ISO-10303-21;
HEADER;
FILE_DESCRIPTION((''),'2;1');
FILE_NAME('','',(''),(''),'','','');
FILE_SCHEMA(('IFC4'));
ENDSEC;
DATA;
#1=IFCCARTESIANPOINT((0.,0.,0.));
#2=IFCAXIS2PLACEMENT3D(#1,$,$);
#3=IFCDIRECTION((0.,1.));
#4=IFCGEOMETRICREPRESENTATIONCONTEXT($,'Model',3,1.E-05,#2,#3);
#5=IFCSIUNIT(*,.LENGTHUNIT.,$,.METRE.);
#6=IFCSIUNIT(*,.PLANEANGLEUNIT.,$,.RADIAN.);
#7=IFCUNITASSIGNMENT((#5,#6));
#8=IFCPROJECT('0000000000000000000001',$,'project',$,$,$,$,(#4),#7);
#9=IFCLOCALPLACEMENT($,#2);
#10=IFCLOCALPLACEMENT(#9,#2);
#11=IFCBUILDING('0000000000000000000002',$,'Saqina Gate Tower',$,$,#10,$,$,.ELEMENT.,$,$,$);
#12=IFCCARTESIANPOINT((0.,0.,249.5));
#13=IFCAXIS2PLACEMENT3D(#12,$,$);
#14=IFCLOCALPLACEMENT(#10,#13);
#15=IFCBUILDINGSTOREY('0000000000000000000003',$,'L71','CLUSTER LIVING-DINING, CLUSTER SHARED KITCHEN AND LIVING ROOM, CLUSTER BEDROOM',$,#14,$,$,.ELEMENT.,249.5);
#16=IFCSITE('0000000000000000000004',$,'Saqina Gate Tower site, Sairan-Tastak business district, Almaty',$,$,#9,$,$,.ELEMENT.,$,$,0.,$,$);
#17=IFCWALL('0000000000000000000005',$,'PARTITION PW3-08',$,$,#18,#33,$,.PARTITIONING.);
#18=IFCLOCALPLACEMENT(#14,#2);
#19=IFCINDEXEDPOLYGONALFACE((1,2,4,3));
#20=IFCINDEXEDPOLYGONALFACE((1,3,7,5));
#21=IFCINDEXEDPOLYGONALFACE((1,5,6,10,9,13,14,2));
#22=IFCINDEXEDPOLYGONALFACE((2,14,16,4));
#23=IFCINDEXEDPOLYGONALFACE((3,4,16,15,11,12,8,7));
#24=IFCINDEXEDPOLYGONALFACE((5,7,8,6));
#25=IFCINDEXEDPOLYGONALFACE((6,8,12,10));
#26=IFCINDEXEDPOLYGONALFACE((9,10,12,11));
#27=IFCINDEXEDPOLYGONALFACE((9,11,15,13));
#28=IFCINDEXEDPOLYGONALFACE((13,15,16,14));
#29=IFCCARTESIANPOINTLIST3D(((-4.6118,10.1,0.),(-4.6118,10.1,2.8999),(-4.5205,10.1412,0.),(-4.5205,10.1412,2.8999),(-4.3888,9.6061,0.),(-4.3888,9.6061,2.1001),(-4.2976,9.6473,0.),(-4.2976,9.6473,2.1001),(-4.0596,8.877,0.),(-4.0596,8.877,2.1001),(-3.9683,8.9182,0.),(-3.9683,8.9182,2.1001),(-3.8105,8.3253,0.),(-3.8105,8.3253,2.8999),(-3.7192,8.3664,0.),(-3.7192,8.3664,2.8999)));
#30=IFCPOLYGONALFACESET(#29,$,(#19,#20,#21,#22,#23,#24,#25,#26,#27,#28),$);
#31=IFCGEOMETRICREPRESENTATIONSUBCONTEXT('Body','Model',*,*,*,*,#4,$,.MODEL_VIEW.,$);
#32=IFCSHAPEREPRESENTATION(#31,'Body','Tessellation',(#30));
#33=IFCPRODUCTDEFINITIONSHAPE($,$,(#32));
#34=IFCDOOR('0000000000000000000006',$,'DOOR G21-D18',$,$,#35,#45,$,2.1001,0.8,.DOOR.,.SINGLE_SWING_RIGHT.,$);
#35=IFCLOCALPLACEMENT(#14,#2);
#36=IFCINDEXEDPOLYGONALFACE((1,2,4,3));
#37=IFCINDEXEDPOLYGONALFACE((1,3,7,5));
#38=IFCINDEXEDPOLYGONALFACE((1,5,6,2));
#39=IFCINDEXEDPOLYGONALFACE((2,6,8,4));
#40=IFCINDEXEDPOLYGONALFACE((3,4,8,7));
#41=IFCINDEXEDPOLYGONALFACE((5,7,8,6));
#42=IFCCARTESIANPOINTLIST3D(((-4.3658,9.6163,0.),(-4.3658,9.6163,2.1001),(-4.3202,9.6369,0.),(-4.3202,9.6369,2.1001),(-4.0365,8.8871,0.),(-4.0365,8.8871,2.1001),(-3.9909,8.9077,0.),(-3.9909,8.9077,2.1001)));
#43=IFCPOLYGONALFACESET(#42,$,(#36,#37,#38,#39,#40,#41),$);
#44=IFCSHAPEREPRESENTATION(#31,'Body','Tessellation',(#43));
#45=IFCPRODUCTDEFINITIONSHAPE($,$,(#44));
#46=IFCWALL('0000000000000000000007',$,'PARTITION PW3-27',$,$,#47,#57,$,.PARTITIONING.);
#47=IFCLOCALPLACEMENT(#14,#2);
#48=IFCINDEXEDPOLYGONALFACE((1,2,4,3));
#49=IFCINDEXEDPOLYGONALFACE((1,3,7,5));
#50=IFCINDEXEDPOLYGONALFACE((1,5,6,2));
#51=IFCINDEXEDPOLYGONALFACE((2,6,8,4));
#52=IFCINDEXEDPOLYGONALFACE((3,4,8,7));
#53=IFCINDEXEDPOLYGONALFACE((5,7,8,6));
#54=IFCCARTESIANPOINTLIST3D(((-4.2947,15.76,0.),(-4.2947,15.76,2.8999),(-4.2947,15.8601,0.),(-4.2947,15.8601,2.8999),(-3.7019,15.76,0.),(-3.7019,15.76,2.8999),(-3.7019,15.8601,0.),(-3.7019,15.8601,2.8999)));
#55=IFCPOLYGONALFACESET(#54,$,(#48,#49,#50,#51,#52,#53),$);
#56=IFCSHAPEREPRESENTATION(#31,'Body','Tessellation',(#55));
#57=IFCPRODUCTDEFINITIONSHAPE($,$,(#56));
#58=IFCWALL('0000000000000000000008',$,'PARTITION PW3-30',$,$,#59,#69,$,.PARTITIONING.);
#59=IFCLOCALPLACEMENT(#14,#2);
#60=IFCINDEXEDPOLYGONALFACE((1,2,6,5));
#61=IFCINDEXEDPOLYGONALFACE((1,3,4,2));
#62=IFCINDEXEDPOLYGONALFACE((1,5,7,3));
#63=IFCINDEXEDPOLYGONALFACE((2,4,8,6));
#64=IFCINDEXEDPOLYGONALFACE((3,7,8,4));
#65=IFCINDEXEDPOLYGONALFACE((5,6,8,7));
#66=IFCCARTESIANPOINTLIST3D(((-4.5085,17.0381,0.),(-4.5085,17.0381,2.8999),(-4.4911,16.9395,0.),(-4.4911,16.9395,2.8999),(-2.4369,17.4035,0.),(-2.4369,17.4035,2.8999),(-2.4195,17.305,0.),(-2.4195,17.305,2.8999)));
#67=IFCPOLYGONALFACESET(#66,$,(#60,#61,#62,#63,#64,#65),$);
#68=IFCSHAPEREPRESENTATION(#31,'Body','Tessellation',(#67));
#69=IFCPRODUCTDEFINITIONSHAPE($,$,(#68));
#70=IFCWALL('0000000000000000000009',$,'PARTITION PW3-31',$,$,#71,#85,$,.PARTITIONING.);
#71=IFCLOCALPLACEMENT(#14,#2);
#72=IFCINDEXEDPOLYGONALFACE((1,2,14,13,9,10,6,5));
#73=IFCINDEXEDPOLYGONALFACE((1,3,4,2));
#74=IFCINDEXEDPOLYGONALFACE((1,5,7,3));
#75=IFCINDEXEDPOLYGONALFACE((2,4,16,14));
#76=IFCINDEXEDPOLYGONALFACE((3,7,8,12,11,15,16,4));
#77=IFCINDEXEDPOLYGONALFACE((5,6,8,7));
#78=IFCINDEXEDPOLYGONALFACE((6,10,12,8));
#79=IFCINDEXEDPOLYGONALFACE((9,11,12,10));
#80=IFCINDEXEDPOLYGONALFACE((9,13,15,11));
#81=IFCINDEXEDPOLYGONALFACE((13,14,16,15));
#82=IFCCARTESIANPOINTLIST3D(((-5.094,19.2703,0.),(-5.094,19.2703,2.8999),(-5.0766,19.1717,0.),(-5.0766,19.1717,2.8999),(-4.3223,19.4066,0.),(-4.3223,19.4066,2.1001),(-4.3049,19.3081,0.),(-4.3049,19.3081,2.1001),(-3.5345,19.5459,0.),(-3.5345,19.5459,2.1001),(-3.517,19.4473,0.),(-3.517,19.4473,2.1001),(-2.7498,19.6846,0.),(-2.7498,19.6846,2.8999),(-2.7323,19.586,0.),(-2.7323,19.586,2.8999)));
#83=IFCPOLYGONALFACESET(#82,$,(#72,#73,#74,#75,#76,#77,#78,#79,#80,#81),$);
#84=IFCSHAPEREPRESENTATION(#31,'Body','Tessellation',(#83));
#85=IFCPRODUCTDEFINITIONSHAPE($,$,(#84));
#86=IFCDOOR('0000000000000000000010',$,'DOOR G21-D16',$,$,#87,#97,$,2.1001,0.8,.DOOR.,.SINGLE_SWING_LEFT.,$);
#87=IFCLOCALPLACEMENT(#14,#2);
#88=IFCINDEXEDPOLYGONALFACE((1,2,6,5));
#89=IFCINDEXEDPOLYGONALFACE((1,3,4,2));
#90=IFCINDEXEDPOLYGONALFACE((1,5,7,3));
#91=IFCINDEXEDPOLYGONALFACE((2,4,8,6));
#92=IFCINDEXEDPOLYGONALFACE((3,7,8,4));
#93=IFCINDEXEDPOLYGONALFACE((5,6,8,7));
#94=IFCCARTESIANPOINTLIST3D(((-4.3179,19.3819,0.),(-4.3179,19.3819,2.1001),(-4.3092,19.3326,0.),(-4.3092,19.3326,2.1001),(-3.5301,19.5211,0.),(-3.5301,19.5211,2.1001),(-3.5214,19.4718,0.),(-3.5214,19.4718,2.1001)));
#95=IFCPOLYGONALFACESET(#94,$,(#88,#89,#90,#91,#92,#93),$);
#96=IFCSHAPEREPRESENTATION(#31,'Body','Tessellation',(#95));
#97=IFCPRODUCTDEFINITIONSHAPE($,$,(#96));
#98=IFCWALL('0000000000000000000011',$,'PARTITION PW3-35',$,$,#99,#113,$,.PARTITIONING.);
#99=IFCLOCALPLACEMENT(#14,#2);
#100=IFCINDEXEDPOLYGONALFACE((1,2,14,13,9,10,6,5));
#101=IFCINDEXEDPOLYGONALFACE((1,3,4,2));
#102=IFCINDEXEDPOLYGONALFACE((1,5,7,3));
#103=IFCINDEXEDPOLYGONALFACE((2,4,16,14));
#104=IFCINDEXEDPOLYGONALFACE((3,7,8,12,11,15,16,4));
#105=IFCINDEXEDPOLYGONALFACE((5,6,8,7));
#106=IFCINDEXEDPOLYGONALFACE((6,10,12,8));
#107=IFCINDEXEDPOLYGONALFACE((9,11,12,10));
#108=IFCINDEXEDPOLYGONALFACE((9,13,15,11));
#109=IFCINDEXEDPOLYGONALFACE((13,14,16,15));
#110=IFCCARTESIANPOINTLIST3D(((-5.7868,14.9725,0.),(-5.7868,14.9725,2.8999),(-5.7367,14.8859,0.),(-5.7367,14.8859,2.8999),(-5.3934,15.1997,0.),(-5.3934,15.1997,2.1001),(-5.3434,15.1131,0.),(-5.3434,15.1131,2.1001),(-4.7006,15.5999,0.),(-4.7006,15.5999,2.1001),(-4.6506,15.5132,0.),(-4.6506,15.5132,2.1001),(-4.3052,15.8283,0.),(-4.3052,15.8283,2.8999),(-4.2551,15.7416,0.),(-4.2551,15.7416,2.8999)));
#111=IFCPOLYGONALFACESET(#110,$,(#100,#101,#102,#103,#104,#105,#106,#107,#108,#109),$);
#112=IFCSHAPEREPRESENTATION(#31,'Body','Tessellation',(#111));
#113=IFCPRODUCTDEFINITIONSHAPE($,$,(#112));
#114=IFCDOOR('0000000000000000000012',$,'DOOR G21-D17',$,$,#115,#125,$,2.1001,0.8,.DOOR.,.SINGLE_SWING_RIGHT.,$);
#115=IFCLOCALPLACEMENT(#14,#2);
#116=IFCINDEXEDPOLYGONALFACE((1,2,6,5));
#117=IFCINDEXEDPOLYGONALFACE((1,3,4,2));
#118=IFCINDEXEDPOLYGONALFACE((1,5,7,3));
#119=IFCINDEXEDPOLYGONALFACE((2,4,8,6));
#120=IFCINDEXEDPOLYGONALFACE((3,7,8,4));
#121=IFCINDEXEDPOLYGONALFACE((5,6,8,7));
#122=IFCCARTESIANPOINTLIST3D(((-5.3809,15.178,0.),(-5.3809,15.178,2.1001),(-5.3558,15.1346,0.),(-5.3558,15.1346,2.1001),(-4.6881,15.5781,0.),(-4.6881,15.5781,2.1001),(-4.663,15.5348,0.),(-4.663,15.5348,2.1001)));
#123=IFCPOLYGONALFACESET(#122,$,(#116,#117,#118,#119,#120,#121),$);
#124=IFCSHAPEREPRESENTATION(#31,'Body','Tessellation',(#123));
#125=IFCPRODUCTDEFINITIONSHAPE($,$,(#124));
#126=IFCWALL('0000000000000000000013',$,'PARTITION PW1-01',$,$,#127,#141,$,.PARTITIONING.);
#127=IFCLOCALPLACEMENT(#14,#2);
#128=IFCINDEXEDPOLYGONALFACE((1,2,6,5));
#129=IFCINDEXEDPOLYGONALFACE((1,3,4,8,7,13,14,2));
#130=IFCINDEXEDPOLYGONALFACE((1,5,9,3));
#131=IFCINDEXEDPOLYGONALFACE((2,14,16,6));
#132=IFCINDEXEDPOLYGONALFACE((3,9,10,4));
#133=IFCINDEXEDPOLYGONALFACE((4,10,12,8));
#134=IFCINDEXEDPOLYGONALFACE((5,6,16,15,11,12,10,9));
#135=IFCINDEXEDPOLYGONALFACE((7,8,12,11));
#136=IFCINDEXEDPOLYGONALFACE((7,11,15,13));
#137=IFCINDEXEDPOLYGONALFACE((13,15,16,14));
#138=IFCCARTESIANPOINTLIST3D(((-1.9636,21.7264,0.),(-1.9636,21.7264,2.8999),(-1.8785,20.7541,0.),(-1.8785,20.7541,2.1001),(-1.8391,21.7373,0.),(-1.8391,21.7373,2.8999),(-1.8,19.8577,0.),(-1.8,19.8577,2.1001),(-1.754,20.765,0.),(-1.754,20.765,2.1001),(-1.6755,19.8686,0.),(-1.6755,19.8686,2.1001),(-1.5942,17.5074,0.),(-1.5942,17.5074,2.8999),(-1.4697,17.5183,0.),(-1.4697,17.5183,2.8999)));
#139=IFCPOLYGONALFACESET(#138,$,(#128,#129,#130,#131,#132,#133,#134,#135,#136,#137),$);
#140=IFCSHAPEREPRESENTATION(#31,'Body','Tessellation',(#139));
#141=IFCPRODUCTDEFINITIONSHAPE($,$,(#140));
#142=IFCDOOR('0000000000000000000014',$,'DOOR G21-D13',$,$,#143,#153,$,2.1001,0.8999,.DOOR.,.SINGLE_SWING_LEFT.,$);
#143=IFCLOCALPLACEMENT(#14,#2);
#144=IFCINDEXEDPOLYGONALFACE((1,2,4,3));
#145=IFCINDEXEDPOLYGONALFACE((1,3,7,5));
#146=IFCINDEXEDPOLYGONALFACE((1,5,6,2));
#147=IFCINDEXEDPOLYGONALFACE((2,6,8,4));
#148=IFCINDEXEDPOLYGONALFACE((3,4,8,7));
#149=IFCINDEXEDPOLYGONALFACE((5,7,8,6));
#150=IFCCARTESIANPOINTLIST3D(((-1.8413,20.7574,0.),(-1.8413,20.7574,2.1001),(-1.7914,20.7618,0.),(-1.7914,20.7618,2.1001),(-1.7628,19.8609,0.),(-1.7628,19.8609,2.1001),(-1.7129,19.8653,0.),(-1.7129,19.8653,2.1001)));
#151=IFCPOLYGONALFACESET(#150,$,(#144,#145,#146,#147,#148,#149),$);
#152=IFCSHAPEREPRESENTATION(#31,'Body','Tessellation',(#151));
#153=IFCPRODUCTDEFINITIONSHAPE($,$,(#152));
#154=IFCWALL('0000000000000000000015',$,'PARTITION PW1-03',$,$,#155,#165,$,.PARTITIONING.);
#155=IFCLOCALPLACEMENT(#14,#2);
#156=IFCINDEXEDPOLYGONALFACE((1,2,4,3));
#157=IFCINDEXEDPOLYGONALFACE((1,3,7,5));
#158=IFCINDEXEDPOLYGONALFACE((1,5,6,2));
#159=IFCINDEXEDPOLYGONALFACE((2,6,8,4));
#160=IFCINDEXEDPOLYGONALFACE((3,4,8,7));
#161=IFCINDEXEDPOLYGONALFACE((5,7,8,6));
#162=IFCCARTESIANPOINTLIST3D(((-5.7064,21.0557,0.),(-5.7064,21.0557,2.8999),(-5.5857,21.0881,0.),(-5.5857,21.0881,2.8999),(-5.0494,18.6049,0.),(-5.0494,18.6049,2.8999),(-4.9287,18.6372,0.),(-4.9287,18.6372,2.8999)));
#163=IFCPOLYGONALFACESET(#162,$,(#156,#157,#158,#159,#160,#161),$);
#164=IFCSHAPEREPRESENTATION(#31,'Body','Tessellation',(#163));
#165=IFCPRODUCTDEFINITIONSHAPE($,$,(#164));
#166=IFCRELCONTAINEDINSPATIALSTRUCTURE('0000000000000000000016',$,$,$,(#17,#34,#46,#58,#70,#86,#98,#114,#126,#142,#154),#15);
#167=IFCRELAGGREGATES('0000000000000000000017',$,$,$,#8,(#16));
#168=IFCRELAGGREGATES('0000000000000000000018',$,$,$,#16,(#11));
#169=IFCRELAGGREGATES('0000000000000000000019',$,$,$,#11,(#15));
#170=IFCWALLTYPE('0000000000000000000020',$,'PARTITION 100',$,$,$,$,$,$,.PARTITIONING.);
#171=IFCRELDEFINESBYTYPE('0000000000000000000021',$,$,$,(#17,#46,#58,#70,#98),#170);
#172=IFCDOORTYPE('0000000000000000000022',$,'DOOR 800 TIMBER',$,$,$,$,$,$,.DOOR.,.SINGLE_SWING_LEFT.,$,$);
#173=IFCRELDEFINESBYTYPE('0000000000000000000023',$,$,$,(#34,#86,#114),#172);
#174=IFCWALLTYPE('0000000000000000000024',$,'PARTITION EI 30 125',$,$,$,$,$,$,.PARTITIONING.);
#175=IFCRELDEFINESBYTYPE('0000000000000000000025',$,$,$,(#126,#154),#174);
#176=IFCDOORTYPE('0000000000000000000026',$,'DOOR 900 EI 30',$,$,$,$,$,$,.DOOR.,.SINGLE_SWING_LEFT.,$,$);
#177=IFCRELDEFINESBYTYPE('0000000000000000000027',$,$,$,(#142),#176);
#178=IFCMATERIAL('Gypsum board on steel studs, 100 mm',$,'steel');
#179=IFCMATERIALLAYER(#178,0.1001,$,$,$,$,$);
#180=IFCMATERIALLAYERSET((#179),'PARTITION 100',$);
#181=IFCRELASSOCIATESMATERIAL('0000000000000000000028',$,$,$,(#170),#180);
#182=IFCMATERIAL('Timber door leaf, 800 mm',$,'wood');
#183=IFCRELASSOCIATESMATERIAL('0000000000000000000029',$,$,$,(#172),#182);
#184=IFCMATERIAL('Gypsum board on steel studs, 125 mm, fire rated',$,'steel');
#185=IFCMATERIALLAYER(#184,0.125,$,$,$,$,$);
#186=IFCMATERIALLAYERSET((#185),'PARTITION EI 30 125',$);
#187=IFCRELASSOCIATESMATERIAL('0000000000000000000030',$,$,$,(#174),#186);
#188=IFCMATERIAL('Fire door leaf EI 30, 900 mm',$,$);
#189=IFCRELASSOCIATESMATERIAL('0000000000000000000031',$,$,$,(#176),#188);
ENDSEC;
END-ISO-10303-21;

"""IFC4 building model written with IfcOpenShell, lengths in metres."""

from ifc_helpers import new_model, si_unit, direction, frame, frame_2d, origin, place, context, subcontext, project, spatial, rectangle, extrude, material, layer, layer_set, type_object, element, fill, save


model = new_model("IFC4")

# Units and contexts
model_context = context("Model", 3, precision=1e-05, world=origin(), true_north=direction((0.0, 1.0)))
body_context = subcontext(model_context, "Body", "Model", "MODEL_VIEW")
ifc_project = project(units=[si_unit("LENGTHUNIT", "METRE"), si_unit("PLANEANGLEUNIT", "RADIAN")], contexts=[model_context])

# Site, building, storey
site_placement = place(None, origin())
site = spatial("IfcSite", under=ifc_project, at=site_placement, Name="Saqina Gate Tower site, Sairan-Tastak business district, Almaty", CompositionType="ELEMENT", RefElevation=0.0)
building_placement = place(site_placement, origin())
building = spatial("IfcBuilding", under=site, at=building_placement, Name="Saqina Gate Tower", CompositionType="ELEMENT")
storey_placement = place(building_placement, frame((0.0, 0.0, 249.5)))
storey = spatial("IfcBuildingStorey", under=building, at=storey_placement, Name="L71", Description="CLUSTER LIVING-DINING, CLUSTER SHARED KITCHEN AND LIVING ROOM, CLUSTER BEDROOM", CompositionType="ELEMENT", Elevation=249.5)

# Shared definitions
ifc_material_1 = material(Name="Gypsum board on steel studs, 100 mm", Category="steel")
ifc_layer_1 = layer(ifc_material_1, 0.1001)
ifc_layer_set_1 = layer_set([ifc_layer_1], Name="PARTITION 100")
wall_type_1 = type_object("IfcWallType", Name="PARTITION 100", PredefinedType="PARTITIONING", material=ifc_layer_set_1)
ifc_material_2 = material(Name="Timber door leaf, 800 mm", Category="wood")
door_type_1 = type_object("IfcDoorType", Name="DOOR 800 TIMBER", OperationType="SINGLE_SWING_LEFT", PredefinedType="DOOR", material=ifc_material_2)

# Wall, opening, door
wall_1_placement = place(storey_placement, frame((-4.5662, 10.1206, 0.0), z_axis=(0.0, 0.0, 1.0), x_axis=(0.411506, -0.911407, 0.0)))
wall_1 = element("IfcWall", 1, at=wall_1_placement, inside=storey, type_object=wall_type_1, Name="PARTITION PW3-08", PredefinedType="PARTITIONING", context=body_context, shape_type="SweptSolid", body=[
    extrude(rectangle(XDim=1.9473, YDim=0.1001, at=frame_2d((0.9736, 0.0))), origin(), (0.0, 0.0, 1.0), 2.8999),
])
opening_1_placement = place(wall_1_placement, frame((0.542, 0.0, 0.0)))
opening_1 = element("IfcOpeningElement", 2, at=opening_1_placement, cuts=wall_1, PredefinedType="OPENING", context=body_context, shape_type="SweptSolid", body=[
    extrude(rectangle(XDim=0.8, YDim=2.1001, at=frame_2d((0.3999, 1.05))), frame((0.0, 0.062, 0.0), z_axis=(0.0, -1.0, 0.0), x_axis=(1.0, 0.0, 0.0)), (0.0, 0.0, 1.0), 0.124),
])
door_1_placement = place(opening_1_placement, frame((0.8, 0.0, 0.0), z_axis=(0.0, 0.0, 1.0), x_axis=(-1.0, 0.0, 0.0)))
door_1 = element("IfcDoor", 3, at=door_1_placement, inside=storey, type_object=door_type_1, Name="DOOR G21-D18", OperationType="SINGLE_SWING_RIGHT", OverallHeight=2.1001, OverallWidth=0.8, PredefinedType="DOOR", context=body_context, shape_type="SweptSolid", body=[
    extrude(rectangle(XDim=0.8, YDim=2.1001, at=frame_2d((0.3999, 1.05))), frame((0.0, 0.0249, 0.0), z_axis=(0.0, -1.0, 0.0), x_axis=(1.0, 0.0, 0.0)), (0.0, 0.0, 1.0), 0.05),
])
fill(opening_1, door_1)

# Walls
wall_2_placement = place(storey_placement, frame((-4.2947, 15.8101, 0.0), z_axis=(0.0, 0.0, 1.0), x_axis=(1.0, 0.0, 0.0)))
element("IfcWall", 4, at=wall_2_placement, inside=storey, type_object=wall_type_1, Name="PARTITION PW3-27", PredefinedType="PARTITIONING", context=body_context, shape_type="SweptSolid", body=[
    extrude(rectangle(XDim=0.5928, YDim=0.1001, at=frame_2d((0.2964, 0.0))), origin(), (0.0, 0.0, 1.0), 2.8999),
])
wall_3_placement = place(storey_placement, frame((-4.4998, 16.9888, 0.0), z_axis=(0.0, 0.0, 1.0), x_axis=(0.984791, 0.173746, 0.0)))
element("IfcWall", 5, at=wall_3_placement, inside=storey, type_object=wall_type_1, Name="PARTITION PW3-30", PredefinedType="PARTITIONING", context=body_context, shape_type="SweptSolid", body=[
    extrude(rectangle(XDim=2.1035, YDim=0.1001, at=frame_2d((1.0518, 0.0))), origin(), (0.0, 0.0, 1.0), 2.8999),
])

# Walls, openings, doors
wall_4_placement = place(storey_placement, frame((-5.0854, 19.2209, 0.0), z_axis=(0.0, 0.0, 1.0), x_axis=(0.984739, 0.174037, 0.0)))
wall_4 = element("IfcWall", 6, at=wall_4_placement, inside=storey, type_object=wall_type_1, Name="PARTITION PW3-31", PredefinedType="PARTITIONING", context=body_context, shape_type="SweptSolid", body=[
    extrude(rectangle(XDim=2.3806, YDim=0.1001, at=frame_2d((1.1904, 0.0))), origin(), (0.0, 0.0, 1.0), 2.8999),
])
opening_2_placement = place(wall_4_placement, frame((0.7839, 0.0, 0.0)))
opening_2 = element("IfcOpeningElement", 7, at=opening_2_placement, cuts=wall_4, PredefinedType="OPENING", context=body_context, shape_type="SweptSolid", body=[
    extrude(rectangle(XDim=0.8, YDim=2.1001, at=frame_2d((0.3999, 1.05))), frame((0.0, 0.062, 0.0), z_axis=(0.0, -1.0, 0.0), x_axis=(1.0, 0.0, 0.0)), (0.0, 0.0, 1.0), 0.124),
])
door_2_placement = place(opening_2_placement, origin())
door_2 = element("IfcDoor", 8, at=door_2_placement, inside=storey, type_object=door_type_1, Name="DOOR G21-D16", OperationType="SINGLE_SWING_LEFT", OverallHeight=2.1001, OverallWidth=0.8, PredefinedType="DOOR", context=body_context, shape_type="SweptSolid", body=[
    extrude(rectangle(XDim=0.8, YDim=2.1001, at=frame_2d((0.3999, 1.05))), frame((0.0, 0.0249, 0.0), z_axis=(0.0, -1.0, 0.0), x_axis=(1.0, 0.0, 0.0)), (0.0, 0.0, 1.0), 0.05),
])
fill(opening_2, door_2)
wall_5_placement = place(storey_placement, frame((-5.7617, 14.9292, 0.0), z_axis=(0.0, 0.0, 1.0), x_axis=(0.865924, 0.500175, 0.0)))
wall_5 = element("IfcWall", 9, at=wall_5_placement, inside=storey, type_object=wall_type_1, Name="PARTITION PW3-35", PredefinedType="PARTITIONING", context=body_context, shape_type="SweptSolid", body=[
    extrude(rectangle(XDim=1.7109, YDim=0.1001, at=frame_2d((0.8555, 0.0))), origin(), (0.0, 0.0, 1.0), 2.8999),
])
opening_3_placement = place(wall_5_placement, frame((0.4543, 0.0, 0.0)))
opening_3 = element("IfcOpeningElement", 10, at=opening_3_placement, cuts=wall_5, PredefinedType="OPENING", context=body_context, shape_type="SweptSolid", body=[
    extrude(rectangle(XDim=0.8, YDim=2.1001, at=frame_2d((0.3999, 1.05))), frame((0.0, 0.062, 0.0), z_axis=(0.0, -1.0, 0.0), x_axis=(1.0, 0.0, 0.0)), (0.0, 0.0, 1.0), 0.124),
])
door_3_placement = place(opening_3_placement, origin())
door_3 = element("IfcDoor", 11, at=door_3_placement, inside=storey, type_object=door_type_1, Name="DOOR G21-D17", OperationType="SINGLE_SWING_RIGHT", OverallHeight=2.1001, OverallWidth=0.8, PredefinedType="DOOR", context=body_context, shape_type="SweptSolid", body=[
    extrude(rectangle(XDim=0.8, YDim=2.1001, at=frame_2d((0.3999, 1.05))), frame((0.0, 0.0249, 0.0), z_axis=(0.0, -1.0, 0.0), x_axis=(1.0, 0.0, 0.0)), (0.0, 0.0, 1.0), 0.05),
])
fill(opening_3, door_3)
ifc_material_3 = material(Name="Gypsum board on steel studs, 125 mm, fire rated", Category="steel")
ifc_layer_2 = layer(ifc_material_3, 0.125)
ifc_layer_set_2 = layer_set([ifc_layer_2], Name="PARTITION EI 30 125")
wall_type_2 = type_object("IfcWallType", Name="PARTITION EI 30 125", PredefinedType="PARTITIONING", material=ifc_layer_set_2)
wall_6_placement = place(storey_placement, frame((-1.9014, 21.7319, 0.0), z_axis=(0.0, 0.0, 1.0), x_axis=(0.087219, -0.996189, 0.0)))
wall_6 = element("IfcWall", 12, at=wall_6_placement, inside=storey, type_object=wall_type_2, Name="PARTITION PW1-01", PredefinedType="PARTITIONING", context=body_context, shape_type="SweptSolid", body=[
    extrude(rectangle(XDim=4.2351, YDim=0.125, at=frame_2d((2.1177, 0.0))), origin(), (0.0, 0.0, 1.0), 2.8999),
])
opening_4_placement = place(wall_6_placement, frame((0.9761, 0.0, 0.0)))
opening_4 = element("IfcOpeningElement", 13, at=opening_4_placement, cuts=wall_6, PredefinedType="OPENING", context=body_context, shape_type="SweptSolid", body=[
    extrude(rectangle(XDim=0.8999, YDim=2.1001, at=frame_2d((0.45, 1.05))), frame((0.0, 0.0745, 0.0), z_axis=(0.0, -1.0, 0.0), x_axis=(1.0, 0.0, 0.0)), (0.0, 0.0, 1.0), 0.1489),
])
ifc_material_4 = material(Name="Fire door leaf EI 30, 900 mm")
door_type_2 = type_object("IfcDoorType", Name="DOOR 900 EI 30", OperationType="SINGLE_SWING_LEFT", PredefinedType="DOOR", material=ifc_material_4)
door_4_placement = place(opening_4_placement, origin())
door_4 = element("IfcDoor", 14, at=door_4_placement, inside=storey, type_object=door_type_2, Name="DOOR G21-D13", OperationType="SINGLE_SWING_LEFT", OverallHeight=2.1001, OverallWidth=0.8999, PredefinedType="DOOR", context=body_context, shape_type="SweptSolid", body=[
    extrude(rectangle(XDim=0.8999, YDim=2.1001, at=frame_2d((0.45, 1.05))), frame((0.0, 0.0249, 0.0), z_axis=(0.0, -1.0, 0.0), x_axis=(1.0, 0.0, 0.0)), (0.0, 0.0, 1.0), 0.05),
])
fill(opening_4, door_4)

# Wall
wall_7_placement = place(storey_placement, frame((-5.646, 21.0718, 0.0), z_axis=(0.0, 0.0, 1.0), x_axis=(0.258914, -0.9659, 0.0)))
element("IfcWall", 15, at=wall_7_placement, inside=storey, type_object=wall_type_2, Name="PARTITION PW1-03", PredefinedType="PARTITIONING", context=body_context, shape_type="SweptSolid", body=[
    extrude(rectangle(XDim=2.5374, YDim=0.125, at=frame_2d((1.2686, 0.0))), origin(), (0.0, 0.0, 1.0), 2.8999),
])

save(model, "model.ifc")
